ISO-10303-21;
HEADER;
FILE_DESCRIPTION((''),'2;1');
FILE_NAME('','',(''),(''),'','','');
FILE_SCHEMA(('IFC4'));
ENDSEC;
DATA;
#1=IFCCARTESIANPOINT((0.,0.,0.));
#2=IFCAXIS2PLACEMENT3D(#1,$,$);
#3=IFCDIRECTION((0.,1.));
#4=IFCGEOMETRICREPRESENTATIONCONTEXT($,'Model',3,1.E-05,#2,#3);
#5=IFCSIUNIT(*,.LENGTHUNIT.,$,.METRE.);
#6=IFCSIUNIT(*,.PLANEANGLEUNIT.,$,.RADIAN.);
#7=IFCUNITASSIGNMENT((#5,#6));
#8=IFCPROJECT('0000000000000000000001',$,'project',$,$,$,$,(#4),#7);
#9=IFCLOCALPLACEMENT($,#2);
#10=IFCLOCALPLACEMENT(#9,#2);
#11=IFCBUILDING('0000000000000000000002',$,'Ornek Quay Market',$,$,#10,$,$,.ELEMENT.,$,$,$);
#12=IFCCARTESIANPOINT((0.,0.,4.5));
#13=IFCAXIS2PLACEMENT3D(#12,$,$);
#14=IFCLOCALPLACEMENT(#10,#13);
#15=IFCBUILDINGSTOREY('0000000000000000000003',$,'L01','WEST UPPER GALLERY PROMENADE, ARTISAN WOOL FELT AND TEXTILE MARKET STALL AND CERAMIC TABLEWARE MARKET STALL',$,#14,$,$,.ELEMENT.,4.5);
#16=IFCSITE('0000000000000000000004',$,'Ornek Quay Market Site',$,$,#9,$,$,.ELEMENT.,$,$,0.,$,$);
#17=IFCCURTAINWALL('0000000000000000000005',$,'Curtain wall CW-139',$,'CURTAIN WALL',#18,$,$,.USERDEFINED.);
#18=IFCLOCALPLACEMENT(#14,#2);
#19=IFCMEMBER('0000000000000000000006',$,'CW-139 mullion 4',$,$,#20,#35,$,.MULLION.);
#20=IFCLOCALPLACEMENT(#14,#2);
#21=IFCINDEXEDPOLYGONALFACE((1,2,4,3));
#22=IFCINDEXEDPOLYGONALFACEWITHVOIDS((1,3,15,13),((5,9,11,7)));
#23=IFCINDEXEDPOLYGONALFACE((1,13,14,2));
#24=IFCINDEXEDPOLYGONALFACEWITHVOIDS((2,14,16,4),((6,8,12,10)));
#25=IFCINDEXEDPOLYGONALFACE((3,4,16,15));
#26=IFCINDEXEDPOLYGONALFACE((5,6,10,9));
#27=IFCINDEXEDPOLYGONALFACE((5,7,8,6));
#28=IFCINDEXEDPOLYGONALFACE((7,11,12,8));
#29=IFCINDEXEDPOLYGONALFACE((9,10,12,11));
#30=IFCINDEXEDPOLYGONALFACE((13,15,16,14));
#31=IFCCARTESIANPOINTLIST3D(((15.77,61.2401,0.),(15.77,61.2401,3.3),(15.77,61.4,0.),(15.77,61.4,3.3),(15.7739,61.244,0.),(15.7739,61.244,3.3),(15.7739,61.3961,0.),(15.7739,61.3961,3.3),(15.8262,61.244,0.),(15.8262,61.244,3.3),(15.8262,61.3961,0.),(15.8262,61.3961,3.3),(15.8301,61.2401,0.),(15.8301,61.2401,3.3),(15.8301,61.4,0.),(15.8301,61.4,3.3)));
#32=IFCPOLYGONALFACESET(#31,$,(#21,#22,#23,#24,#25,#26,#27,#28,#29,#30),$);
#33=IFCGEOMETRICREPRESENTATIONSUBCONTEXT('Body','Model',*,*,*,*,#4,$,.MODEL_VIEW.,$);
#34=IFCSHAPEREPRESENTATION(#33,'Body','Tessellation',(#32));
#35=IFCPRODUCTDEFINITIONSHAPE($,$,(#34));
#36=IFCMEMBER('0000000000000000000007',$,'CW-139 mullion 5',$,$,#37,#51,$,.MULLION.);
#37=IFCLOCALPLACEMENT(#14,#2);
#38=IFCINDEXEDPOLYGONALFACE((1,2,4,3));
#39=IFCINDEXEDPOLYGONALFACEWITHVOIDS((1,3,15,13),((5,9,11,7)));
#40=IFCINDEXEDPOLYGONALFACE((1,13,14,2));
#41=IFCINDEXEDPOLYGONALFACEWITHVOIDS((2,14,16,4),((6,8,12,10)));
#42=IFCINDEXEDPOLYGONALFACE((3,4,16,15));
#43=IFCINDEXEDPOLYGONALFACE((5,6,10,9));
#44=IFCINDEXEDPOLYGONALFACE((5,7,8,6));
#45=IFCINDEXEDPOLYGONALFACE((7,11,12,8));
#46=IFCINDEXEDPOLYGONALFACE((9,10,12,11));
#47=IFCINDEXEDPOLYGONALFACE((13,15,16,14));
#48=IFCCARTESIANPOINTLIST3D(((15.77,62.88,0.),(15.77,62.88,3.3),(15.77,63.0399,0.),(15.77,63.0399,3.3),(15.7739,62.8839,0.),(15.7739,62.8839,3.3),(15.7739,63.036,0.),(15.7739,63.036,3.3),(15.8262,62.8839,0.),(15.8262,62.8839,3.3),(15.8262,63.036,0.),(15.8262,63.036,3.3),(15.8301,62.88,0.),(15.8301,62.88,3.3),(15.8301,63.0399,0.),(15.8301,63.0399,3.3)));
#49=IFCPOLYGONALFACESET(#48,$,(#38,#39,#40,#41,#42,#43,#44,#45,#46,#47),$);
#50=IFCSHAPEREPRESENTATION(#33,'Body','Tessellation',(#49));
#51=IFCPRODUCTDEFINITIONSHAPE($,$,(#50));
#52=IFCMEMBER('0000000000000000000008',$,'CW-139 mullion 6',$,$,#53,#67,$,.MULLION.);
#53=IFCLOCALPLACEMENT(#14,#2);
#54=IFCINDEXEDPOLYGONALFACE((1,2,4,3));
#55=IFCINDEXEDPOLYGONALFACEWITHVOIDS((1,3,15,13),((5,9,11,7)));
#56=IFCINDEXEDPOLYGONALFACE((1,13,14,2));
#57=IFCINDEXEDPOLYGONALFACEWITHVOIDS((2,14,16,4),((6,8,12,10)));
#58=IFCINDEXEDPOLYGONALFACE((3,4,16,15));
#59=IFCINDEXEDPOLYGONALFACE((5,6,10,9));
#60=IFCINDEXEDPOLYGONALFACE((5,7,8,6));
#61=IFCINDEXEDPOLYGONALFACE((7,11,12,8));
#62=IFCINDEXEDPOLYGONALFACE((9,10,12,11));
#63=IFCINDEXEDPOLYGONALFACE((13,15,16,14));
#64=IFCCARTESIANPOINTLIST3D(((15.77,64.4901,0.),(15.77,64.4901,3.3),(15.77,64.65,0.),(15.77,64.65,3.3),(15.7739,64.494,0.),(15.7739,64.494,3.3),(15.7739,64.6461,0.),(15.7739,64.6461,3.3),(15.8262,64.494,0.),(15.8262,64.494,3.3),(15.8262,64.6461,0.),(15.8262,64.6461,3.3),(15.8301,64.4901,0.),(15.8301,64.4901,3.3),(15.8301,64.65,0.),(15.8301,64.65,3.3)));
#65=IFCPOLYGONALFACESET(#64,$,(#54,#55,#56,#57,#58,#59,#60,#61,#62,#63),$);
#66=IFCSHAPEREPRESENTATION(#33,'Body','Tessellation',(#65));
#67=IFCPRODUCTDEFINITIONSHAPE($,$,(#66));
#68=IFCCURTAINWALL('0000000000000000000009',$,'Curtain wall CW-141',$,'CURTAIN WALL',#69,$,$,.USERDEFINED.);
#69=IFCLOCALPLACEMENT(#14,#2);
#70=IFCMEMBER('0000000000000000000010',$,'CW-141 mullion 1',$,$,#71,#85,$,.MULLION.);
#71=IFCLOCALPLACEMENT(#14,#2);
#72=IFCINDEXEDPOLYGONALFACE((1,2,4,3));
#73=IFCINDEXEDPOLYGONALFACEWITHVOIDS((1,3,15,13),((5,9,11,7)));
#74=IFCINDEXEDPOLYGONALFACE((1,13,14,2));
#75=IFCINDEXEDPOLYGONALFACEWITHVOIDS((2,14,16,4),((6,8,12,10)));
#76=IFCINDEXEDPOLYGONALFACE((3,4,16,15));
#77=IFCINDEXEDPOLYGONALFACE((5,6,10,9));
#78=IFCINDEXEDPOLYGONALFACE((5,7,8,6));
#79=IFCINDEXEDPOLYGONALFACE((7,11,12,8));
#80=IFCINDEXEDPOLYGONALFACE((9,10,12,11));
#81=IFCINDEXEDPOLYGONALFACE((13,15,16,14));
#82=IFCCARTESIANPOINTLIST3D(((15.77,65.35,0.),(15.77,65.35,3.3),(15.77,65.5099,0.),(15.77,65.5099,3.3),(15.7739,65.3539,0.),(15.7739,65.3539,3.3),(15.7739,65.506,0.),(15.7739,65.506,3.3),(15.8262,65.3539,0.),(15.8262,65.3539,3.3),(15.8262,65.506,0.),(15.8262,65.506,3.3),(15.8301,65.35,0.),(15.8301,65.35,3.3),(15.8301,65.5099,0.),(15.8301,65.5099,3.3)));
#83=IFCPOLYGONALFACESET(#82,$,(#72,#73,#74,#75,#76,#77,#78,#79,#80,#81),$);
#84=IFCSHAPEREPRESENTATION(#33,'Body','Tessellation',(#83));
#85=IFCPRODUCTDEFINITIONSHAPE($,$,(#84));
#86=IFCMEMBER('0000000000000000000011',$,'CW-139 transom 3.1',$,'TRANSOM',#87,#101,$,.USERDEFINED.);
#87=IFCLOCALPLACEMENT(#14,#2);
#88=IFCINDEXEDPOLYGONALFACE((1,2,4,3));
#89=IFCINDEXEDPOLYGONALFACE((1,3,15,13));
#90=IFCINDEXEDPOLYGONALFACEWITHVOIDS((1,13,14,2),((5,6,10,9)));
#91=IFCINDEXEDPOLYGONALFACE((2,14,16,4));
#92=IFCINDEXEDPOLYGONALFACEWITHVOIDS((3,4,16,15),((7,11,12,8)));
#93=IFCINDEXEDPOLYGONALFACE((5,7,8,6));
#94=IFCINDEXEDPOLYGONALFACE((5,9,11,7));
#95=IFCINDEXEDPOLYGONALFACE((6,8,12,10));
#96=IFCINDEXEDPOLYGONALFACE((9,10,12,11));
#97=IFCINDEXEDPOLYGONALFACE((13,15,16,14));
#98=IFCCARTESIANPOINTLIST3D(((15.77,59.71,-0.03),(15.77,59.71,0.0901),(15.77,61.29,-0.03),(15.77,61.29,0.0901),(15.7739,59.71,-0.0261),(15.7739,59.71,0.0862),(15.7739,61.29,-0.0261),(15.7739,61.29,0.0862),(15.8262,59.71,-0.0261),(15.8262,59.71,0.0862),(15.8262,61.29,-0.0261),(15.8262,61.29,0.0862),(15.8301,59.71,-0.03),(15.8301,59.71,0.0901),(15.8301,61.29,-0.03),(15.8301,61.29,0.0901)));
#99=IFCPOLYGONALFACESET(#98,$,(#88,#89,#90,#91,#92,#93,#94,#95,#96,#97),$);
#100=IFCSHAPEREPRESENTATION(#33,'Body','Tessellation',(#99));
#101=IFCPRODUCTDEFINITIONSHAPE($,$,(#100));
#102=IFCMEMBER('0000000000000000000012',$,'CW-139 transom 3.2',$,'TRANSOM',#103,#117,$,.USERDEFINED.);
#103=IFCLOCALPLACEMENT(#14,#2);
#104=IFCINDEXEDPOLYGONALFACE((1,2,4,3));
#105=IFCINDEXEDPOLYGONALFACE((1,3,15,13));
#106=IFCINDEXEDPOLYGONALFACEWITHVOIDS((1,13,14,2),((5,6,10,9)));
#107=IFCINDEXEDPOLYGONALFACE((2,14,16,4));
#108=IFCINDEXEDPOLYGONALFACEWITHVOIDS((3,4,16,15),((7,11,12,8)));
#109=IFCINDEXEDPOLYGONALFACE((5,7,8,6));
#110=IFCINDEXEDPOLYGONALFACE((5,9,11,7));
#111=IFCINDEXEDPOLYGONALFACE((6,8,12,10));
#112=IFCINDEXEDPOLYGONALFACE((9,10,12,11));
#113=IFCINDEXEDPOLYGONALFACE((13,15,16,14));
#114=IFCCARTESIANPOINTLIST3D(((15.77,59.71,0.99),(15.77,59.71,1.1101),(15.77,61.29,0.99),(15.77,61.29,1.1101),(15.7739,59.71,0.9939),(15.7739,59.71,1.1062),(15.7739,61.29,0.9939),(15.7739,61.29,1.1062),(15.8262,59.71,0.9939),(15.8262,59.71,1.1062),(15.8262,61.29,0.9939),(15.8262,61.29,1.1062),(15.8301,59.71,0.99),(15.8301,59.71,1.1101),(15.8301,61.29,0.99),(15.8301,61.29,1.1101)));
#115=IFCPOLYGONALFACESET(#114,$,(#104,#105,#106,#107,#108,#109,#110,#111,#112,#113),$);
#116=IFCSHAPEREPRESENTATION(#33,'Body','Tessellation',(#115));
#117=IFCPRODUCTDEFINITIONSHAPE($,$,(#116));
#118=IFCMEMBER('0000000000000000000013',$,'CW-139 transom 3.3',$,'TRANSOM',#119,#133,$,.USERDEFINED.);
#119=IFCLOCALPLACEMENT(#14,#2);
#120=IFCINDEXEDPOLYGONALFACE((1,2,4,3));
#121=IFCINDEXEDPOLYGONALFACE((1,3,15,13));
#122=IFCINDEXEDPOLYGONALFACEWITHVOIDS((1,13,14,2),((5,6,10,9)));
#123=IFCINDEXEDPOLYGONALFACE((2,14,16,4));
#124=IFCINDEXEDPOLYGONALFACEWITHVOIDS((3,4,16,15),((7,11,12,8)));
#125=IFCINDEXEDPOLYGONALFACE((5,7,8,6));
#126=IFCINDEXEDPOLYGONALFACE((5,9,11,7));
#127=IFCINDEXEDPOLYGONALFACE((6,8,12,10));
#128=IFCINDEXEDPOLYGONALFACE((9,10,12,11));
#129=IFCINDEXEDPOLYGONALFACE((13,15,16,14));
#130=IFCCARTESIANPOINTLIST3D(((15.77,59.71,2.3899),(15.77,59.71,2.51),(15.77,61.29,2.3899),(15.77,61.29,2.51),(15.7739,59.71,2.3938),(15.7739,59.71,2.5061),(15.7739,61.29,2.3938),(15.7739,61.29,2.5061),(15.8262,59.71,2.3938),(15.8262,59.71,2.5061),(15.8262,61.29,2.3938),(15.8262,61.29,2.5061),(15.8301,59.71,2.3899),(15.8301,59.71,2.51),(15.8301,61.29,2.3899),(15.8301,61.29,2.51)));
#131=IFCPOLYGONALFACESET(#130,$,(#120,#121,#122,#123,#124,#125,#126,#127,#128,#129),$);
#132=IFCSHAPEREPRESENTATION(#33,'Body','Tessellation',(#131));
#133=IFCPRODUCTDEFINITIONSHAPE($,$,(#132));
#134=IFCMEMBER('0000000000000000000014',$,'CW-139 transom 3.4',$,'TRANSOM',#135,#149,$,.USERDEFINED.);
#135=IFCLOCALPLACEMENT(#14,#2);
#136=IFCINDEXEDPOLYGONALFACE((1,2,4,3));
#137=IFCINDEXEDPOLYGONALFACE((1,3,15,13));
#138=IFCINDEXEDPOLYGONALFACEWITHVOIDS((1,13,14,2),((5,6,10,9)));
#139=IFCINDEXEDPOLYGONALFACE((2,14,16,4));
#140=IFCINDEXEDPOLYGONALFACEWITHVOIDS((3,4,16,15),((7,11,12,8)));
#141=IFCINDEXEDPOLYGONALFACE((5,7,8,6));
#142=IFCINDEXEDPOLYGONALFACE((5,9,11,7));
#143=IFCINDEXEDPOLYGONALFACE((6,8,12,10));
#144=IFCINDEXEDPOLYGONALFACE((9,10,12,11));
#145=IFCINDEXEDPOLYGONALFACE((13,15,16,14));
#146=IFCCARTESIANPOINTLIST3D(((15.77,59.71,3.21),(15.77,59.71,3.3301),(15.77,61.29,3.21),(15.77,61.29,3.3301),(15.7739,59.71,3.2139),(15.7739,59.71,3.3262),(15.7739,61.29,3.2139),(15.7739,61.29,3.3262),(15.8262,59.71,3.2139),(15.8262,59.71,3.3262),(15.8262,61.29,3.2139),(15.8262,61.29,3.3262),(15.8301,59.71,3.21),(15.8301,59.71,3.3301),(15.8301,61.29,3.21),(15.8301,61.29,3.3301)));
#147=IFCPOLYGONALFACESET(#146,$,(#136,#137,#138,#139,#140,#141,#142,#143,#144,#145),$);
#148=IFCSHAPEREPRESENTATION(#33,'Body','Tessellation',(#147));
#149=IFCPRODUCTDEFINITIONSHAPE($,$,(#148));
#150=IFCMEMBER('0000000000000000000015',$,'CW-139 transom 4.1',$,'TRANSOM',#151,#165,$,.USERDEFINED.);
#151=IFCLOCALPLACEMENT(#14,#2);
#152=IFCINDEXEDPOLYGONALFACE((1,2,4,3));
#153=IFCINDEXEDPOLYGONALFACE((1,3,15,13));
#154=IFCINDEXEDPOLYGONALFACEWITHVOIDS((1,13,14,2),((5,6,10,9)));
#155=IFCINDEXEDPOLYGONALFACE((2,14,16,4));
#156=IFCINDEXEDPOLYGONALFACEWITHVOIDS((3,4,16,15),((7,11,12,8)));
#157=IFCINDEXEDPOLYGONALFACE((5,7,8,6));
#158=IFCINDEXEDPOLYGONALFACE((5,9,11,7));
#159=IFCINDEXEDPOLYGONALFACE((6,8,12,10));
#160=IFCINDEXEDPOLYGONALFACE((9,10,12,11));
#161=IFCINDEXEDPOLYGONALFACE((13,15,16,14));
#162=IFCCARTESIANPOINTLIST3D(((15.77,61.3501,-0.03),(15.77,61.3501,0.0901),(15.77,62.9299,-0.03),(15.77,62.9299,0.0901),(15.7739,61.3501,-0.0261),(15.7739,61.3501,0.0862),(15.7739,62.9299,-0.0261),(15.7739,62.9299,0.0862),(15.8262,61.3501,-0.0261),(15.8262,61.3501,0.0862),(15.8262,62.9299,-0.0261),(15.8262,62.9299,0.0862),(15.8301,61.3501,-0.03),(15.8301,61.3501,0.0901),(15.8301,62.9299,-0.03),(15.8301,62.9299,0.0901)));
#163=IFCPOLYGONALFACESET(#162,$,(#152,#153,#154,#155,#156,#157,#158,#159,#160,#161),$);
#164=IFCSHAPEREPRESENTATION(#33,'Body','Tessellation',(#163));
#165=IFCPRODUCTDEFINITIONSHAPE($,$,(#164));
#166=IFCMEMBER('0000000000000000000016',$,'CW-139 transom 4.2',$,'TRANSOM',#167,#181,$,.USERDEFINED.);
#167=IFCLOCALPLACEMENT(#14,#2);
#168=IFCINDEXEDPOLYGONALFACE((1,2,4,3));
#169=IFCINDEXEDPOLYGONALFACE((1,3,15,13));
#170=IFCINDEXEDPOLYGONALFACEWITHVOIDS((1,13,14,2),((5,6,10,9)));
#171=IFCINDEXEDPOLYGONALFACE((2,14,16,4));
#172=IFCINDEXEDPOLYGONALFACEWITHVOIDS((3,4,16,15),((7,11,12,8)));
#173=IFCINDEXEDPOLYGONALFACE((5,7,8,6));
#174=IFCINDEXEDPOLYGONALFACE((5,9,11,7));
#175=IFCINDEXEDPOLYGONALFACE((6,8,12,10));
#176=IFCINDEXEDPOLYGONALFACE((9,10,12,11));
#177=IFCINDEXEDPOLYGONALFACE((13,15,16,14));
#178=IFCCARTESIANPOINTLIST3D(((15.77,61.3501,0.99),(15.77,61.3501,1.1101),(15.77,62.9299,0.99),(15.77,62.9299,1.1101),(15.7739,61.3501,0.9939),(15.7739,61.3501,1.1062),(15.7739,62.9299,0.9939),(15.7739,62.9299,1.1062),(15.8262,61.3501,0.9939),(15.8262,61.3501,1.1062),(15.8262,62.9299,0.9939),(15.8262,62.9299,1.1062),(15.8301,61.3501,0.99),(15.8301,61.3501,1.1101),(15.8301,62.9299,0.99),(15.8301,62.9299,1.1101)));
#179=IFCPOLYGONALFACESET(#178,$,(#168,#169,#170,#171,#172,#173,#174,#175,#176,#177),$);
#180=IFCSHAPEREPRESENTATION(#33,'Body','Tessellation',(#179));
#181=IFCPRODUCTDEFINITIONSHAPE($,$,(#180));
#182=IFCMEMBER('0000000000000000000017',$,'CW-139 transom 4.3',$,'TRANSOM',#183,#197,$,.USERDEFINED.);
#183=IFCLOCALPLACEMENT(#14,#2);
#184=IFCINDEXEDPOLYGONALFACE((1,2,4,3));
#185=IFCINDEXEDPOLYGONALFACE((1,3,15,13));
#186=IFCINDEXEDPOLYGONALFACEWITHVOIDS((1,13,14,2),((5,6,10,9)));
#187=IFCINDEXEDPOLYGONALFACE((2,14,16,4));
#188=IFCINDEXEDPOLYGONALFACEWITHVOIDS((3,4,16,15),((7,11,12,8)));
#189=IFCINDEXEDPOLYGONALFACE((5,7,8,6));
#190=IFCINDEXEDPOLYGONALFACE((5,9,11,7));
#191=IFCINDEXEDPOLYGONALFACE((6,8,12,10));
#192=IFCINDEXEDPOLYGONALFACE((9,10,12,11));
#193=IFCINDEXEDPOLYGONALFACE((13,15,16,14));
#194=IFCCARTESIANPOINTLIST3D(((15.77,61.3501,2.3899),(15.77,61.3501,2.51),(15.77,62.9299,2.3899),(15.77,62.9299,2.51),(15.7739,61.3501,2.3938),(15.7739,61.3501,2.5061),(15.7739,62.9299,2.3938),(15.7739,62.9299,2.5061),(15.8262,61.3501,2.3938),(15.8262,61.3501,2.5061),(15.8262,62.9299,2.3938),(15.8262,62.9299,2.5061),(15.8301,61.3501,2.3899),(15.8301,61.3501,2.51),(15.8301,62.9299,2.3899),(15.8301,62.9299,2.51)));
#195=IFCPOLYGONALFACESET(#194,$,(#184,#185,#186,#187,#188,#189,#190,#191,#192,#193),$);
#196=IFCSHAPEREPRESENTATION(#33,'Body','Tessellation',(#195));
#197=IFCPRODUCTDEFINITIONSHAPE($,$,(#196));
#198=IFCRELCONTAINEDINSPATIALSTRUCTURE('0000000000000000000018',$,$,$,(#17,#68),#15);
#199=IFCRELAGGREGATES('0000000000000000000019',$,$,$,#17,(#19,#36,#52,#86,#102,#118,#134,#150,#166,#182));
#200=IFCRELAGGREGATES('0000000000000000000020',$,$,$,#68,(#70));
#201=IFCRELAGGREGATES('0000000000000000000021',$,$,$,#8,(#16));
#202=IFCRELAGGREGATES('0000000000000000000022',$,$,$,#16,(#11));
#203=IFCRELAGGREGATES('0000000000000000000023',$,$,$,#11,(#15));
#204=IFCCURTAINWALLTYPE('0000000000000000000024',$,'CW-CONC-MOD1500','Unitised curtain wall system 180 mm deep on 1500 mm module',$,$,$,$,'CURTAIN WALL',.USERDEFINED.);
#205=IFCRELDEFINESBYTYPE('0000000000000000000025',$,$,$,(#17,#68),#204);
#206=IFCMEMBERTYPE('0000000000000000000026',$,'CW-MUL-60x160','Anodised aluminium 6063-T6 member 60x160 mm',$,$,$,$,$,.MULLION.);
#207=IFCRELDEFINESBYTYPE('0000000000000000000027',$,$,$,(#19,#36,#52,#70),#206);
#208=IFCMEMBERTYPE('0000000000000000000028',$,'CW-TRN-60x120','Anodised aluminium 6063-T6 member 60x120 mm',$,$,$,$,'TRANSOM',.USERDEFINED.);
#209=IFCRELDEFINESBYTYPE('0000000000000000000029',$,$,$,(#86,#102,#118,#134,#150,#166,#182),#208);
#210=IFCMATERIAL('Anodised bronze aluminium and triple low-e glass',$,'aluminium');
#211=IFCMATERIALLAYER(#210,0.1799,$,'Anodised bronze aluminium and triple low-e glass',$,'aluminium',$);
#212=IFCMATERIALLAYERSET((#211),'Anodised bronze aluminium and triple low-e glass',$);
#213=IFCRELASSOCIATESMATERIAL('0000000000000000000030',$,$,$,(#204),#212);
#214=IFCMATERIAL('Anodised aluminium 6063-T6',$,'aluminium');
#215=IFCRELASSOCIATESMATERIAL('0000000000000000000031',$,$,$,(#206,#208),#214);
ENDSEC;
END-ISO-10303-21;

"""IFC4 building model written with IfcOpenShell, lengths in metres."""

from ifc_helpers import new_model, si_unit, direction, frame, origin, origin_2d, place, context, subcontext, project, spatial, hollow_rectangle, extrude, material, layer, layer_set, material_profile, profile_set, type_object, element, aggregate, save


model = new_model("IFC4")

# Units and contexts
model_context = context("Model", 3, precision=1e-05, world=origin(), true_north=direction((0.0, 1.0)))
body_context = subcontext(model_context, "Body", "Model", "MODEL_VIEW")
ifc_project = project(units=[si_unit("LENGTHUNIT", "METRE"), si_unit("PLANEANGLEUNIT", "RADIAN")], contexts=[model_context])

# Site, building, storey
site_placement = place(None, origin())
site = spatial("IfcSite", under=ifc_project, at=site_placement, Name="Ornek Quay Market Site", CompositionType="ELEMENT", RefElevation=0.0)
building_placement = place(site_placement, origin())
building = spatial("IfcBuilding", under=site, at=building_placement, Name="Ornek Quay Market", CompositionType="ELEMENT")
storey_placement = place(building_placement, frame((0.0, 0.0, 4.5)))
storey = spatial("IfcBuildingStorey", under=building, at=storey_placement, Name="L01", Description="WEST UPPER GALLERY PROMENADE, ARTISAN WOOL FELT AND TEXTILE MARKET STALL AND CERAMIC TABLEWARE MARKET STALL", CompositionType="ELEMENT", Elevation=4.5)

# Curtain wall, members
ifc_material_1 = material(Name="Anodised bronze aluminium and triple low-e glass", Category="aluminium")
ifc_layer_1 = layer(ifc_material_1, 0.1799, Name="Anodised bronze aluminium and triple low-e glass", Category="aluminium")
ifc_layer_set_1 = layer_set([ifc_layer_1], Name="Anodised bronze aluminium and triple low-e glass")
curtain_wall_type = type_object("IfcCurtainWallType", Name="CW-CONC-MOD1500", Description="Unitised curtain wall system 180 mm deep on 1500 mm module", ElementType="CURTAIN WALL", PredefinedType="USERDEFINED", material=ifc_layer_set_1)
curtain_wall_1_placement = place(storey_placement, origin())
curtain_wall_1 = element("IfcCurtainWall", 1, at=curtain_wall_1_placement, inside=storey, type_object=curtain_wall_type, Name="Curtain wall CW-139", ObjectType="CURTAIN WALL", PredefinedType="USERDEFINED")
ifc_material_2 = material(Name="Anodised aluminium 6063-T6", Category="aluminium")
ifc_material_profile_1 = material_profile(ifc_material_2, hollow_rectangle(XDim=0.0601, YDim=0.1599, WallThickness=0.0039, at=origin_2d()), Name="CW-MUL-60x160", Category="aluminium")
ifc_profile_set_1 = profile_set([ifc_material_profile_1], Name="Anodised aluminium 6063-T6")
member_type_1 = type_object("IfcMemberType", Name="CW-MUL-60x160", Description="Anodised aluminium 6063-T6 member 60x160 mm", PredefinedType="MULLION", material=ifc_profile_set_1)
member_1_placement = place(storey_placement, frame((15.8, 61.3201, 0.0), z_axis=(0.0, 0.0, 1.0), x_axis=(-1.0, 0.0, 0.0)))
member_1 = element("IfcMember", 2, at=member_1_placement, type_object=member_type_1, Name="CW-139 mullion 4", PredefinedType="MULLION", context=body_context, shape_type="SweptSolid", body=[
    extrude(hollow_rectangle(XDim=0.0601, YDim=0.1599, WallThickness=0.0039, at=origin_2d()), origin(), (0.0, 0.0, 1.0), 3.3),
])
member_2_placement = place(storey_placement, frame((15.8, 62.96, 0.0), z_axis=(0.0, 0.0, 1.0), x_axis=(-1.0, 0.0, 0.0)))
member_2 = element("IfcMember", 3, at=member_2_placement, type_object=member_type_1, Name="CW-139 mullion 5", PredefinedType="MULLION", context=body_context, shape_type="SweptSolid", body=[
    extrude(hollow_rectangle(XDim=0.0601, YDim=0.1599, WallThickness=0.0039, at=origin_2d()), origin(), (0.0, 0.0, 1.0), 3.3),
])
member_3_placement = place(storey_placement, frame((15.8, 64.5701, 0.0), z_axis=(0.0, 0.0, 1.0), x_axis=(-1.0, 0.0, 0.0)))
member_3 = element("IfcMember", 4, at=member_3_placement, type_object=member_type_1, Name="CW-139 mullion 6", PredefinedType="MULLION", context=body_context, shape_type="SweptSolid", body=[
    extrude(hollow_rectangle(XDim=0.0601, YDim=0.1599, WallThickness=0.0039, at=origin_2d()), origin(), (0.0, 0.0, 1.0), 3.3),
])

# Curtain wall, member
curtain_wall_2_placement = place(storey_placement, origin())
curtain_wall_2 = element("IfcCurtainWall", 5, at=curtain_wall_2_placement, inside=storey, type_object=curtain_wall_type, Name="Curtain wall CW-141", ObjectType="CURTAIN WALL", PredefinedType="USERDEFINED")
member_4_placement = place(storey_placement, frame((15.8, 65.4299, 0.0), z_axis=(0.0, 0.0, 1.0), x_axis=(-1.0, 0.0, 0.0)))
member_4 = element("IfcMember", 6, at=member_4_placement, type_object=member_type_1, Name="CW-141 mullion 1", PredefinedType="MULLION", context=body_context, shape_type="SweptSolid", body=[
    extrude(hollow_rectangle(XDim=0.0601, YDim=0.1599, WallThickness=0.0039, at=origin_2d()), origin(), (0.0, 0.0, 1.0), 3.3),
])

# Members
ifc_material_profile_2 = material_profile(ifc_material_2, hollow_rectangle(XDim=0.0601, YDim=0.1201, WallThickness=0.0039, at=origin_2d()), Name="CW-TRN-60x120", Category="aluminium")
ifc_profile_set_2 = profile_set([ifc_material_profile_2], Name="Anodised aluminium 6063-T6")
member_type_2 = type_object("IfcMemberType", Name="CW-TRN-60x120", Description="Anodised aluminium 6063-T6 member 60x120 mm", ElementType="TRANSOM", PredefinedType="USERDEFINED", material=ifc_profile_set_2)
member_5_placement = place(storey_placement, frame((15.8, 59.71, 0.03), z_axis=(0.0, 1.0, 0.0), x_axis=(-1.0, 0.0, 0.0)))
member_5 = element("IfcMember", 7, at=member_5_placement, type_object=member_type_2, Name="CW-139 transom 3.1", ObjectType="TRANSOM", PredefinedType="USERDEFINED", context=body_context, shape_type="SweptSolid", body=[
    extrude(hollow_rectangle(XDim=0.0601, YDim=0.1201, WallThickness=0.0039, at=origin_2d()), origin(), (0.0, 0.0, 1.0), 1.5801),
])
member_6_placement = place(storey_placement, frame((15.8, 59.71, 1.05), z_axis=(0.0, 1.0, 0.0), x_axis=(-1.0, 0.0, 0.0)))
member_6 = element("IfcMember", 8, at=member_6_placement, type_object=member_type_2, Name="CW-139 transom 3.2", ObjectType="TRANSOM", PredefinedType="USERDEFINED", context=body_context, shape_type="SweptSolid", body=[
    extrude(hollow_rectangle(XDim=0.0601, YDim=0.1201, WallThickness=0.0039, at=origin_2d()), origin(), (0.0, 0.0, 1.0), 1.5801),
])
member_7_placement = place(storey_placement, frame((15.8, 59.71, 2.45), z_axis=(0.0, 1.0, 0.0), x_axis=(-1.0, 0.0, 0.0)))
member_7 = element("IfcMember", 9, at=member_7_placement, type_object=member_type_2, Name="CW-139 transom 3.3", ObjectType="TRANSOM", PredefinedType="USERDEFINED", context=body_context, shape_type="SweptSolid", body=[
    extrude(hollow_rectangle(XDim=0.0601, YDim=0.1201, WallThickness=0.0039, at=origin_2d()), origin(), (0.0, 0.0, 1.0), 1.5801),
])
member_8_placement = place(storey_placement, frame((15.8, 59.71, 3.27), z_axis=(0.0, 1.0, 0.0), x_axis=(-1.0, 0.0, 0.0)))
member_8 = element("IfcMember", 10, at=member_8_placement, type_object=member_type_2, Name="CW-139 transom 3.4", ObjectType="TRANSOM", PredefinedType="USERDEFINED", context=body_context, shape_type="SweptSolid", body=[
    extrude(hollow_rectangle(XDim=0.0601, YDim=0.1201, WallThickness=0.0039, at=origin_2d()), origin(), (0.0, 0.0, 1.0), 1.5801),
])
member_9_placement = place(storey_placement, frame((15.8, 61.3501, 0.03), z_axis=(0.0, 1.0, 0.0), x_axis=(-1.0, 0.0, 0.0)))
member_9 = element("IfcMember", 11, at=member_9_placement, type_object=member_type_2, Name="CW-139 transom 4.1", ObjectType="TRANSOM", PredefinedType="USERDEFINED", context=body_context, shape_type="SweptSolid", body=[
    extrude(hollow_rectangle(XDim=0.0601, YDim=0.1201, WallThickness=0.0039, at=origin_2d()), origin(), (0.0, 0.0, 1.0), 1.5798),
])
member_10_placement = place(storey_placement, frame((15.8, 61.3501, 1.05), z_axis=(0.0, 1.0, 0.0), x_axis=(-1.0, 0.0, 0.0)))
member_10 = element("IfcMember", 12, at=member_10_placement, type_object=member_type_2, Name="CW-139 transom 4.2", ObjectType="TRANSOM", PredefinedType="USERDEFINED", context=body_context, shape_type="SweptSolid", body=[
    extrude(hollow_rectangle(XDim=0.0601, YDim=0.1201, WallThickness=0.0039, at=origin_2d()), origin(), (0.0, 0.0, 1.0), 1.5798),
])
member_11_placement = place(storey_placement, frame((15.8, 61.3501, 2.45), z_axis=(0.0, 1.0, 0.0), x_axis=(-1.0, 0.0, 0.0)))
member_11 = element("IfcMember", 13, at=member_11_placement, type_object=member_type_2, Name="CW-139 transom 4.3", ObjectType="TRANSOM", PredefinedType="USERDEFINED", context=body_context, shape_type="SweptSolid", body=[
    extrude(hollow_rectangle(XDim=0.0601, YDim=0.1201, WallThickness=0.0039, at=origin_2d()), origin(), (0.0, 0.0, 1.0), 1.5798),
])

aggregate(curtain_wall_1, [member_1, member_2, member_3, member_5, member_6, member_7, member_8, member_9, member_10, member_11])
aggregate(curtain_wall_2, [member_4])

save(model, "model.ifc")
